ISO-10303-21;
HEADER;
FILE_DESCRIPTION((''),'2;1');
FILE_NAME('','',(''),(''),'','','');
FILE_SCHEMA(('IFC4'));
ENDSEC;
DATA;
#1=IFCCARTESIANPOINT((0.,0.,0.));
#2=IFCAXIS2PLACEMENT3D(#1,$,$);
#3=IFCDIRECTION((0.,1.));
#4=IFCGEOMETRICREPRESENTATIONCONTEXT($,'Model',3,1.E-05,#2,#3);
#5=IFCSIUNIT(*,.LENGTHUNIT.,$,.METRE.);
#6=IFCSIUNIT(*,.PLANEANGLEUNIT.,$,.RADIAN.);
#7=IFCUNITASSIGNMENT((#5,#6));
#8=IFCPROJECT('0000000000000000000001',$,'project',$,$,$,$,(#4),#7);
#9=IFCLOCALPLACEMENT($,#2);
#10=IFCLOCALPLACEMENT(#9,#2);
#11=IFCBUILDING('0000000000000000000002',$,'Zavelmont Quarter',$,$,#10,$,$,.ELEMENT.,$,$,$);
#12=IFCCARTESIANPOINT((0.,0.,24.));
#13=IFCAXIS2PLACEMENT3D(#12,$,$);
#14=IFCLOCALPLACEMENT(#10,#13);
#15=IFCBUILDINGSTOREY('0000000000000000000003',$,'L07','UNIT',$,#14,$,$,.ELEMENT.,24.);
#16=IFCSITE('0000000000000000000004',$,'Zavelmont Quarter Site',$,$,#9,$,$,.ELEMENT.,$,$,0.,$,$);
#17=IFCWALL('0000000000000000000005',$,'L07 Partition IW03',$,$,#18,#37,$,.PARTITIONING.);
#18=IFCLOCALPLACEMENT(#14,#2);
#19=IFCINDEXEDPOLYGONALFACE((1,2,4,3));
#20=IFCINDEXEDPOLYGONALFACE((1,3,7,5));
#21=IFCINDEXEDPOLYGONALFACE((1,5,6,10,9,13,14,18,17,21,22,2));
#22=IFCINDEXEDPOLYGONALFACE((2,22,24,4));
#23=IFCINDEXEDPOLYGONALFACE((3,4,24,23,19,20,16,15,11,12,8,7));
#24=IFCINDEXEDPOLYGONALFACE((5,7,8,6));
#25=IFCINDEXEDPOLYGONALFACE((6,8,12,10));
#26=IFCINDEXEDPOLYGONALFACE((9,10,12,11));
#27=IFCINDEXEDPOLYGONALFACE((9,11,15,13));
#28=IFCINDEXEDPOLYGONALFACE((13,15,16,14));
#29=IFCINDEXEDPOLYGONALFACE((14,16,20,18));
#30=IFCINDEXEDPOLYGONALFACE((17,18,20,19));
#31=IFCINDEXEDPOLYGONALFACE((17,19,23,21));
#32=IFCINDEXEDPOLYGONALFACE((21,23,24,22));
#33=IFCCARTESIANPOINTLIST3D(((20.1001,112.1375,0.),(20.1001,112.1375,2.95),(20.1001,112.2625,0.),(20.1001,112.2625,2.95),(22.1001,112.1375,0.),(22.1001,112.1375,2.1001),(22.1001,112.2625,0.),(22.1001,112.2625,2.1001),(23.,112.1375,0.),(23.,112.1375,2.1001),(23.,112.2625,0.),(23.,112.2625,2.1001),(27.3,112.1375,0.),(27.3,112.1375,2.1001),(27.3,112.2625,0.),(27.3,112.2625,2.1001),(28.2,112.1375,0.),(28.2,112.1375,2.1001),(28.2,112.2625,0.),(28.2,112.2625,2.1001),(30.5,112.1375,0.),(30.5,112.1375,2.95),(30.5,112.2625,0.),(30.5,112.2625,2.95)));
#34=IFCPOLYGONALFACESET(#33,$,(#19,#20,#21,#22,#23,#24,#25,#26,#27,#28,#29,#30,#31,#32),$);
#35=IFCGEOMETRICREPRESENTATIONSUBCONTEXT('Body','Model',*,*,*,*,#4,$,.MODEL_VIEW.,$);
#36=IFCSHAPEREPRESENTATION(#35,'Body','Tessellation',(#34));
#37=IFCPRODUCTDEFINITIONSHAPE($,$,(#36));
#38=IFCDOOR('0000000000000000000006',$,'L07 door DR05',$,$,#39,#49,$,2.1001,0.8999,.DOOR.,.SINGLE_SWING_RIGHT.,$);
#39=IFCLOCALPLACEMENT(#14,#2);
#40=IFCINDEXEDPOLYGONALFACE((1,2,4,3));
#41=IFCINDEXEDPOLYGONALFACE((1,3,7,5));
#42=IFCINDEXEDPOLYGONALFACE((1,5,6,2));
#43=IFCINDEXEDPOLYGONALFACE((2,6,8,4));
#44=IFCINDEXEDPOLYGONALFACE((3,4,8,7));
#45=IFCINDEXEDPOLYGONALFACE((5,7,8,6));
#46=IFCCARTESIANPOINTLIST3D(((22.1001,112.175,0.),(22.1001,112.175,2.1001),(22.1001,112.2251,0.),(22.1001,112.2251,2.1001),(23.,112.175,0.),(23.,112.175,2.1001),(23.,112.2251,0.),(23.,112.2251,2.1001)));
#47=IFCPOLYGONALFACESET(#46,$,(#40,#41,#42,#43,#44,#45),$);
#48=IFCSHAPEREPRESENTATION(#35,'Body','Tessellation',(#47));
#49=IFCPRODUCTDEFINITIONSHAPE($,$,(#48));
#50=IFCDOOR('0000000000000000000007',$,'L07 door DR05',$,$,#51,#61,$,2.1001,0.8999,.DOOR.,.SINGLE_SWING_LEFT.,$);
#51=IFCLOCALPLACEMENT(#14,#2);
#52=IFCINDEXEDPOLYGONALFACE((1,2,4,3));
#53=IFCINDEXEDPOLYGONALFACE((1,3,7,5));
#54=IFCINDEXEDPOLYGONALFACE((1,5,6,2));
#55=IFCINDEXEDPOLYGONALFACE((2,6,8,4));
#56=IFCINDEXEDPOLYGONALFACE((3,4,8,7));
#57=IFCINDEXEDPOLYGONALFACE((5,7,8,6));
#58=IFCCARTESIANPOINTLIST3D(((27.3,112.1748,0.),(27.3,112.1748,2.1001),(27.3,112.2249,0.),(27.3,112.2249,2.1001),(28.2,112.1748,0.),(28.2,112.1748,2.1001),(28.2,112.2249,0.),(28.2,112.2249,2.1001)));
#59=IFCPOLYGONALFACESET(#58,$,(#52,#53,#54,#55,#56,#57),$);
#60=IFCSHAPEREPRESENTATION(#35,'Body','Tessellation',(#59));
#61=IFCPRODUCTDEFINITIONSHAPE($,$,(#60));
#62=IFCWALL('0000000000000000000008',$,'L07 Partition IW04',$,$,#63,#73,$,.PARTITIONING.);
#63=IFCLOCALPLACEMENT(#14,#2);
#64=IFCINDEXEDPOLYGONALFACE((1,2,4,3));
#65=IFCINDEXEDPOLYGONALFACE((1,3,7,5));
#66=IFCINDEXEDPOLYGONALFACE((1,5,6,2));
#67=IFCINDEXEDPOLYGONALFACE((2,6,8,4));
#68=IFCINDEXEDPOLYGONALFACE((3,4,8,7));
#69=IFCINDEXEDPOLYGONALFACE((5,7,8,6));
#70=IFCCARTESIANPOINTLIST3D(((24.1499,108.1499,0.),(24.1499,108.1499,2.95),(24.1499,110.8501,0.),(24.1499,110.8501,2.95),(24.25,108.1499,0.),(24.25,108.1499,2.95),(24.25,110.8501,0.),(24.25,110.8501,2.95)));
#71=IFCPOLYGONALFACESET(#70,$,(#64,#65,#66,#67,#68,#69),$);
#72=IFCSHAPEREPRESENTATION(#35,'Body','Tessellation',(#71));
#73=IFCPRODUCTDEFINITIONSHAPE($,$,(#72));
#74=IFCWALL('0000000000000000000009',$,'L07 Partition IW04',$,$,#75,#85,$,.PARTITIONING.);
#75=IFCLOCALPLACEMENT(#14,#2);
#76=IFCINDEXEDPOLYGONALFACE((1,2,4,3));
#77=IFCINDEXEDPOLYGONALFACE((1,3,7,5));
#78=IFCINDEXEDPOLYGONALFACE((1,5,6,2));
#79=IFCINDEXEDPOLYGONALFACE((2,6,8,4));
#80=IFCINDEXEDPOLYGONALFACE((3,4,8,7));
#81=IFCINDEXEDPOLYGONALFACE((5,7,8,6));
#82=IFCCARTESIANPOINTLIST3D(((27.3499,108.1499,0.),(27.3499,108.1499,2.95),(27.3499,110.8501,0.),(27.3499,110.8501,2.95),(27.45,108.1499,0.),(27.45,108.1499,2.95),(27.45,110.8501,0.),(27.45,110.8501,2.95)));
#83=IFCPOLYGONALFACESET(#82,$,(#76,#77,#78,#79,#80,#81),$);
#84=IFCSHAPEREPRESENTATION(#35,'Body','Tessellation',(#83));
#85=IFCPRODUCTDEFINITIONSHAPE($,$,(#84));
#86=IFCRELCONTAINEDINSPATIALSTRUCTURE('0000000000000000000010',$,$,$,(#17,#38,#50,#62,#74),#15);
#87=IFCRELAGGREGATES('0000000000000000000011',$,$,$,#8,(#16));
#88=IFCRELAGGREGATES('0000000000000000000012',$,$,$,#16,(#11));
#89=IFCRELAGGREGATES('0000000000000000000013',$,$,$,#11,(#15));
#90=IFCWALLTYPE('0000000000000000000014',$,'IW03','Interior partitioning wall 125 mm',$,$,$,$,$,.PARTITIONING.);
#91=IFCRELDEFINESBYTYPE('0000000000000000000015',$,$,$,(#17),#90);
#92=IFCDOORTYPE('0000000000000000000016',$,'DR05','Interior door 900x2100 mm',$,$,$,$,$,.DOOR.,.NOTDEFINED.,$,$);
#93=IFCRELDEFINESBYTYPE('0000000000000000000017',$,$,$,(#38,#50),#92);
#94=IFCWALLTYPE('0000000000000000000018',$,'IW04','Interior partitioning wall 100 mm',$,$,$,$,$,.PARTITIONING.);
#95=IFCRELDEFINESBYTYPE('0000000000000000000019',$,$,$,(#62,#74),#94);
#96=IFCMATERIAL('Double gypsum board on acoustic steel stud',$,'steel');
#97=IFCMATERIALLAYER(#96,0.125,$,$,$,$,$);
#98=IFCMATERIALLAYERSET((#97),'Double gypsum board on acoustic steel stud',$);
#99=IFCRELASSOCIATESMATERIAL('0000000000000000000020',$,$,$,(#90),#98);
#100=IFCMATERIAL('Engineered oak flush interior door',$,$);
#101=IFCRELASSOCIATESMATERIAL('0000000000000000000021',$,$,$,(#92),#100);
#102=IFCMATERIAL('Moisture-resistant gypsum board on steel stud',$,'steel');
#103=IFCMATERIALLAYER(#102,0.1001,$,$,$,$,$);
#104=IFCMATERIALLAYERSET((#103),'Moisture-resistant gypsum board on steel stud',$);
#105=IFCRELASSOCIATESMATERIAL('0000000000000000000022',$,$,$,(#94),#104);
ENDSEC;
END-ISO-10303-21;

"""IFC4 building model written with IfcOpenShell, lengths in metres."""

from ifc_helpers import new_model, si_unit, direction, frame, frame_2d, origin, origin_with_axes, place, context, subcontext, project, spatial, rectangle, extrude, material, layer, layer_set, type_object, element, fill, save


model = new_model("IFC4")

# Units and contexts
model_context = context("Model", 3, precision=1e-05, world=origin(), true_north=direction((0.0, 1.0)))
body_context = subcontext(model_context, "Body", "Model", "MODEL_VIEW")
ifc_project = project(units=[si_unit("LENGTHUNIT", "METRE"), si_unit("PLANEANGLEUNIT", "RADIAN")], contexts=[model_context])

# Site, building, storey
site_placement = place(None, origin())
site = spatial("IfcSite", under=ifc_project, at=site_placement, Name="Zavelmont Quarter Site", CompositionType="ELEMENT", RefElevation=0.0)
building_placement = place(site_placement, origin())
building = spatial("IfcBuilding", under=site, at=building_placement, Name="Zavelmont Quarter", CompositionType="ELEMENT")
storey_placement = place(building_placement, frame((0.0, 0.0, 24.0)))
storey = spatial("IfcBuildingStorey", under=building, at=storey_placement, Name="L07", Description="UNIT", CompositionType="ELEMENT", Elevation=24.0)

# Shared definitions
ifc_material_1 = material(Name="Double gypsum board on acoustic steel stud", Category="steel")
ifc_layer_1 = layer(ifc_material_1, 0.125)
ifc_layer_set_1 = layer_set([ifc_layer_1], Name="Double gypsum board on acoustic steel stud")
wall_type_1 = type_object("IfcWallType", Name="IW03", Description="Interior partitioning wall 125 mm", PredefinedType="PARTITIONING", material=ifc_layer_set_1)

# Wall, openings, doors
wall_1_placement = place(storey_placement, frame((20.1001, 112.2, 0.0), z_axis=(0.0, 0.0, 1.0), x_axis=(1.0, 0.0, 0.0)))
wall_1 = element("IfcWall", 1, at=wall_1_placement, inside=storey, type_object=wall_type_1, Name="L07 Partition IW03", PredefinedType="PARTITIONING", context=body_context, shape_type="SweptSolid", body=[
    extrude(rectangle(XDim=10.3999, YDim=0.125, at=frame_2d((5.2, 0.0))), origin(), (0.0, 0.0, 1.0), 2.95),
])
opening_1_placement = place(wall_1_placement, frame((2.0, 0.0, 0.0)))
opening_1 = element("IfcOpeningElement", 2, at=opening_1_placement, cuts=wall_1, PredefinedType="OPENING", context=body_context, shape_type="SweptSolid", body=[
    extrude(rectangle(XDim=0.8999, YDim=2.1001, at=frame_2d((0.45, 1.05))), frame((0.0, 0.0745, 0.0), z_axis=(0.0, -1.0, 0.0), x_axis=(1.0, 0.0, 0.0)), (0.0, 0.0, 1.0), 0.1489),
])
opening_2_placement = place(wall_1_placement, frame((7.2, 0.0, 0.0)))
opening_2 = element("IfcOpeningElement", 3, at=opening_2_placement, cuts=wall_1, PredefinedType="OPENING", context=body_context, shape_type="SweptSolid", body=[
    extrude(rectangle(XDim=0.8999, YDim=2.1001, at=frame_2d((0.45, 1.05))), frame((0.0, 0.0745, 0.0), z_axis=(0.0, -1.0, 0.0), x_axis=(1.0, 0.0, 0.0)), (0.0, 0.0, 1.0), 0.1489),
])
ifc_material_2 = material(Name="Engineered oak flush interior door")
door_type = type_object("IfcDoorType", Name="DR05", Description="Interior door 900x2100 mm", OperationType="NOTDEFINED", PredefinedType="DOOR", material=ifc_material_2)
door_1_placement = place(opening_1_placement, frame((0.8999, 0.0, 0.0), z_axis=(0.0, 0.0, 1.0), x_axis=(-1.0, 0.0, 0.0)))
door_1 = element("IfcDoor", 4, at=door_1_placement, inside=storey, type_object=door_type, Name="L07 door DR05", OperationType="SINGLE_SWING_RIGHT", OverallHeight=2.1001, OverallWidth=0.8999, PredefinedType="DOOR", context=body_context, shape_type="SweptSolid", body=[
    extrude(rectangle(XDim=0.8999, YDim=2.1001, at=frame_2d((0.45, 1.05))), frame((0.0, 0.0249, 0.0), z_axis=(0.0, -1.0, 0.0), x_axis=(1.0, 0.0, 0.0)), (0.0, 0.0, 1.0), 0.05),
])
fill(opening_1, door_1)
door_2_placement = place(opening_2_placement, origin_with_axes())
door_2 = element("IfcDoor", 5, at=door_2_placement, inside=storey, type_object=door_type, Name="L07 door DR05", OperationType="SINGLE_SWING_LEFT", OverallHeight=2.1001, OverallWidth=0.8999, PredefinedType="DOOR", context=body_context, shape_type="SweptSolid", body=[
    extrude(rectangle(XDim=0.8999, YDim=2.1001, at=frame_2d((0.45, 1.05))), frame((0.0, 0.0249, 0.0), z_axis=(0.0, -1.0, 0.0), x_axis=(1.0, 0.0, 0.0)), (0.0, 0.0, 1.0), 0.05),
])
fill(opening_2, door_2)

# Walls
ifc_material_3 = material(Name="Moisture-resistant gypsum board on steel stud", Category="steel")
ifc_layer_2 = layer(ifc_material_3, 0.1001)
ifc_layer_set_2 = layer_set([ifc_layer_2], Name="Moisture-resistant gypsum board on steel stud")
wall_type_2 = type_object("IfcWallType", Name="IW04", Description="Interior partitioning wall 100 mm", PredefinedType="PARTITIONING", material=ifc_layer_set_2)
for number, where, z_axis, x_axis, name in (
    (6, (24.2, 108.1499, 0.0), (0.0, 0.0, 1.0), (0.0, 1.0, 0.0), "L07 Partition IW04"),
    (7, (27.3999, 108.1499, 0.0), (0.0, 0.0, 1.0), (0.0, 1.0, 0.0), "L07 Partition IW04"),
):
    element("IfcWall", number, at=place(storey_placement, frame(where, z_axis=z_axis, x_axis=x_axis)), inside=storey, type_object=wall_type_2, Name=name, PredefinedType="PARTITIONING", context=body_context, shape_type="SweptSolid", body=[
        extrude(rectangle(XDim=2.7002, YDim=0.1001, at=frame_2d((1.3501, 0.0))), origin(), (0.0, 0.0, 1.0), 2.95),
    ])

save(model, "model.ifc")
